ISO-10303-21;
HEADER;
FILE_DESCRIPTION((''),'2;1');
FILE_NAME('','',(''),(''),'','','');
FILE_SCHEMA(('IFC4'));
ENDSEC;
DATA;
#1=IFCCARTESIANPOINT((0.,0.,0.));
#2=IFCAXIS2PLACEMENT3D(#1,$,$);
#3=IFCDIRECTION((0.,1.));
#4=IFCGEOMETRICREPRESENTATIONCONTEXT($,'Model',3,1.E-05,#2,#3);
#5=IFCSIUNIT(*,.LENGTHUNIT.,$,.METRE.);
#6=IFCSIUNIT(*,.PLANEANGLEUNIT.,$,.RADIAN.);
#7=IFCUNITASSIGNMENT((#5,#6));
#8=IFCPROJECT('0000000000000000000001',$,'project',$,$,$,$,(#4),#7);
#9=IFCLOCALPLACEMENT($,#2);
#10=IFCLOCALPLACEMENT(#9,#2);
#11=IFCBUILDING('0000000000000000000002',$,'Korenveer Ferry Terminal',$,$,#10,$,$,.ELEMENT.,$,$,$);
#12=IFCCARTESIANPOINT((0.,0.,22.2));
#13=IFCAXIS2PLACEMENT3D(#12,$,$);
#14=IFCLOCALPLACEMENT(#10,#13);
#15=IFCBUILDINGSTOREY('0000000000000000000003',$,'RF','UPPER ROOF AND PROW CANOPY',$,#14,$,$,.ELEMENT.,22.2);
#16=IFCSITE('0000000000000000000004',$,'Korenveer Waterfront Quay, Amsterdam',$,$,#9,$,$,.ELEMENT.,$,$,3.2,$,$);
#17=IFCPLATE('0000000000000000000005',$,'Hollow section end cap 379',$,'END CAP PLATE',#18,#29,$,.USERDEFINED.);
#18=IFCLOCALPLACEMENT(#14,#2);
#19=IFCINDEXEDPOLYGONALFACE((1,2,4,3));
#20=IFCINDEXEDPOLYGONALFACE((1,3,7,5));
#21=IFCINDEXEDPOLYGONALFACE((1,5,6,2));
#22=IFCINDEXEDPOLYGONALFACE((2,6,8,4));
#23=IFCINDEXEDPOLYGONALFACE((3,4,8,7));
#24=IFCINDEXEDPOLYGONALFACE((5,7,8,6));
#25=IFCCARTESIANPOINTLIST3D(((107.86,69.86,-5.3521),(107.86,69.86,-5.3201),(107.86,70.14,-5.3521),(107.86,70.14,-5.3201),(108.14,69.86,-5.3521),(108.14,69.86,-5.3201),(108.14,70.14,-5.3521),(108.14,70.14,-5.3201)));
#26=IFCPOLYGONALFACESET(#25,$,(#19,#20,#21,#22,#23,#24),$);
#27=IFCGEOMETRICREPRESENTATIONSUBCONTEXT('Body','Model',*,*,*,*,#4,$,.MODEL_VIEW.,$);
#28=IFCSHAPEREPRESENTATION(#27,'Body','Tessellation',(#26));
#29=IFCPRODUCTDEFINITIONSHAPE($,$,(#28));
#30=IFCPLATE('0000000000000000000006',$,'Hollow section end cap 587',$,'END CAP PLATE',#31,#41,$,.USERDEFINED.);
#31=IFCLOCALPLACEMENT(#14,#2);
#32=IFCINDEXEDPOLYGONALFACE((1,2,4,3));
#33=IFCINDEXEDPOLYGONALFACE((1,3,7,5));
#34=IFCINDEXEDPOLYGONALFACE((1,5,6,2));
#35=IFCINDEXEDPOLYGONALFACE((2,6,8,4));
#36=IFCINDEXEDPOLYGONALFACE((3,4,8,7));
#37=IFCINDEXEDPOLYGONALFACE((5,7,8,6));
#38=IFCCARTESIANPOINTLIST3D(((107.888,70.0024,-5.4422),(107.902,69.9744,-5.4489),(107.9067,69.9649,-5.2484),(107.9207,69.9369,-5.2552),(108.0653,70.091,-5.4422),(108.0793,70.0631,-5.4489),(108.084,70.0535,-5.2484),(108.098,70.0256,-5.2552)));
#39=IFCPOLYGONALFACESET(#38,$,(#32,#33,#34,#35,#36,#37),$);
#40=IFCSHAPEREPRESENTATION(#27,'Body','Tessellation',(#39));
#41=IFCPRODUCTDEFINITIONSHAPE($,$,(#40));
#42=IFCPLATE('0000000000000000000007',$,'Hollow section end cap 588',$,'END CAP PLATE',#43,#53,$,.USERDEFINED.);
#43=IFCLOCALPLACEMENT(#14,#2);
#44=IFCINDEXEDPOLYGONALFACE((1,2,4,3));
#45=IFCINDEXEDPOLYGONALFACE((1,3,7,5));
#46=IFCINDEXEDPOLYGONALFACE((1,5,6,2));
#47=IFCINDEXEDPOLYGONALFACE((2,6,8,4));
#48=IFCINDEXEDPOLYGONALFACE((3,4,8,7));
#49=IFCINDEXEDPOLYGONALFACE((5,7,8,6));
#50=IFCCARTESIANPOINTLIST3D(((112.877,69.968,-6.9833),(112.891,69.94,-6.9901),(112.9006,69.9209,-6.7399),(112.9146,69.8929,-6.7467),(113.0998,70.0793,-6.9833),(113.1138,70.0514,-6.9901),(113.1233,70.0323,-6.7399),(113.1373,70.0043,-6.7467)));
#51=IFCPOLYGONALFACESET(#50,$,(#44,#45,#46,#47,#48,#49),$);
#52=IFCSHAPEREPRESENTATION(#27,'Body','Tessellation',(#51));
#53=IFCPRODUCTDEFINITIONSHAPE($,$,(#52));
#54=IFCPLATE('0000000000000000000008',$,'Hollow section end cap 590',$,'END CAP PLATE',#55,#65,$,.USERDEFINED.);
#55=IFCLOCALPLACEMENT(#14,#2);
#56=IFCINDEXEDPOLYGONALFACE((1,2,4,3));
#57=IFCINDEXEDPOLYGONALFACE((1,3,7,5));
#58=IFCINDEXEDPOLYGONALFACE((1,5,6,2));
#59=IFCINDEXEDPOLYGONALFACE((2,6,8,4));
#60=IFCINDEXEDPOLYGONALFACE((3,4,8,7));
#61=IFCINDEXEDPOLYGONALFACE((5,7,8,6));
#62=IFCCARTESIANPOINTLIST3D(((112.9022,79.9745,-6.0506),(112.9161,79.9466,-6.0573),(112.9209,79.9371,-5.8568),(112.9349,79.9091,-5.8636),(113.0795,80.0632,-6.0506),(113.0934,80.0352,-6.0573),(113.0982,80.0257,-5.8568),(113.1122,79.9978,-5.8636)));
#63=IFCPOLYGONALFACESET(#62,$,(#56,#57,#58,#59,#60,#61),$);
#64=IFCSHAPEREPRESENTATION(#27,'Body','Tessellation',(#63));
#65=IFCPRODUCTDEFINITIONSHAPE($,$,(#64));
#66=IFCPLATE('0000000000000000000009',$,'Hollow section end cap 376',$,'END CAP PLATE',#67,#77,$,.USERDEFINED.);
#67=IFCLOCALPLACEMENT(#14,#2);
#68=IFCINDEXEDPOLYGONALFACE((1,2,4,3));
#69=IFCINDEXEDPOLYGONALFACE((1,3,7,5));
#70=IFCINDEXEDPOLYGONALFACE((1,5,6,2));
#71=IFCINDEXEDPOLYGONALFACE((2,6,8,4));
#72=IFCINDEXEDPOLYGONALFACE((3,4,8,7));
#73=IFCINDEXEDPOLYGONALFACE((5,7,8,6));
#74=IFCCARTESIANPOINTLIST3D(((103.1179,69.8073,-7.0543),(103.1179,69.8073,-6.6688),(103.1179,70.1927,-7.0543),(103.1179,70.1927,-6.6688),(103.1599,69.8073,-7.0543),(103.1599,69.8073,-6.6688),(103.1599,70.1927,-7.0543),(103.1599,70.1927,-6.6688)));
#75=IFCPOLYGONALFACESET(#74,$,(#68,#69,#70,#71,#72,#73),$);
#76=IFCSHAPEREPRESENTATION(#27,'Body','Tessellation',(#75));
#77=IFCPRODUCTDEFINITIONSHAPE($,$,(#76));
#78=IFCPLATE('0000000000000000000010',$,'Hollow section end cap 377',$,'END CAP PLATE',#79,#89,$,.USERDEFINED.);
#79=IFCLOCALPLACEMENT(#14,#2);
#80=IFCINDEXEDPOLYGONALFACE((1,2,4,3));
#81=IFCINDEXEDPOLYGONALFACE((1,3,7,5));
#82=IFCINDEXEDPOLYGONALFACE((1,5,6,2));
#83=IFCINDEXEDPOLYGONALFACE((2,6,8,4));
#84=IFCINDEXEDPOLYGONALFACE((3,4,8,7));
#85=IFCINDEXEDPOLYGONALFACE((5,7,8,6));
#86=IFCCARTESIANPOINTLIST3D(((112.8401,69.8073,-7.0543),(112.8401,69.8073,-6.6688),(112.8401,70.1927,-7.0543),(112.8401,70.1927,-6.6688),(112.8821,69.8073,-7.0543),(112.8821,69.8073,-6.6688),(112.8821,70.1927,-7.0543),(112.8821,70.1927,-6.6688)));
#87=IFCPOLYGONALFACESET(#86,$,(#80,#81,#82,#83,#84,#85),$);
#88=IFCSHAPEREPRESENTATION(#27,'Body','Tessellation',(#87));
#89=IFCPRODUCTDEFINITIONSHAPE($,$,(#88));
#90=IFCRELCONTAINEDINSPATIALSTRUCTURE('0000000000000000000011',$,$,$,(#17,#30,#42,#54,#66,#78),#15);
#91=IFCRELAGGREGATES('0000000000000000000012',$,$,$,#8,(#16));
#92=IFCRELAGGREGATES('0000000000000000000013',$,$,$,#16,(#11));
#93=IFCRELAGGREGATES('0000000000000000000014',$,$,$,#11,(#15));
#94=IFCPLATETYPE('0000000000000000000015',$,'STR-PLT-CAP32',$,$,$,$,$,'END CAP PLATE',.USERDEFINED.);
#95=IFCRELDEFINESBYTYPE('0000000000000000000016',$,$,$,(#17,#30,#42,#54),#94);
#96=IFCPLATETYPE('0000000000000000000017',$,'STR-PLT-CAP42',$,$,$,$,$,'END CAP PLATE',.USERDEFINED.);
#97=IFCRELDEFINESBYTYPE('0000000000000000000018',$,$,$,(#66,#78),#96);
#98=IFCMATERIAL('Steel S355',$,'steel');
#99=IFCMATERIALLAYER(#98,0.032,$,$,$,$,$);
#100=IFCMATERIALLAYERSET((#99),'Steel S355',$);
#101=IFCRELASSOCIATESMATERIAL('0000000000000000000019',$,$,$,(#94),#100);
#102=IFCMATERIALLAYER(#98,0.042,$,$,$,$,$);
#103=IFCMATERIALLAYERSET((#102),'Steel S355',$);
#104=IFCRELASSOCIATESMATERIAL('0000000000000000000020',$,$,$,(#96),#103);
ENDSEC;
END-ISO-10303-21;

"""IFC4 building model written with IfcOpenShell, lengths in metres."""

from ifc_helpers import new_model, si_unit, direction, frame, origin, origin_2d, place, context, subcontext, project, spatial, rectangle, extrude, material, layer, layer_set, type_object, element, save


model = new_model("IFC4")

# Units and contexts
model_context = context("Model", 3, precision=1e-05, world=origin(), true_north=direction((0.0, 1.0)))
body_context = subcontext(model_context, "Body", "Model", "MODEL_VIEW")
ifc_project = project(units=[si_unit("LENGTHUNIT", "METRE"), si_unit("PLANEANGLEUNIT", "RADIAN")], contexts=[model_context])

# Site, building, storey
site_placement = place(None, origin())
site = spatial("IfcSite", under=ifc_project, at=site_placement, Name="Korenveer Waterfront Quay, Amsterdam", CompositionType="ELEMENT", RefElevation=3.2)
building_placement = place(site_placement, origin())
building = spatial("IfcBuilding", under=site, at=building_placement, Name="Korenveer Ferry Terminal", CompositionType="ELEMENT")
storey_placement = place(building_placement, frame((0.0, 0.0, 22.2)))
storey = spatial("IfcBuildingStorey", under=building, at=storey_placement, Name="RF", Description="UPPER ROOF AND PROW CANOPY", CompositionType="ELEMENT", Elevation=22.2)

# Shared definitions
ifc_material_1 = material(Name="Steel S355", Category="steel")

# Plates
ifc_layer_1 = layer(ifc_material_1, 0.032)
ifc_layer_set_1 = layer_set([ifc_layer_1], Name="Steel S355")
plate_type_1 = type_object("IfcPlateType", Name="STR-PLT-CAP32", ElementType="END CAP PLATE", PredefinedType="USERDEFINED", material=ifc_layer_set_1)
for number, where, z_axis, x_axis, name in (
    (1, (108.0, 70.0, -5.3521), (0.0, 0.0, 1.0), (1.0, 0.0, 0.0), "Hollow section end cap 379"),
):
    element("IfcPlate", number, at=place(storey_placement, frame(where, z_axis=z_axis, x_axis=x_axis)), inside=storey, type_object=plate_type_1, Name=name, ObjectType="END CAP PLATE", PredefinedType="USERDEFINED", context=body_context, shape_type="SweptSolid", body=[
        extrude(rectangle(XDim=0.28, YDim=0.28, at=origin_2d()), origin(), (0.0, 0.0, 1.0), 0.032),
    ])
plate_1_placement = place(storey_placement, frame((108.0, 70.0, -5.3521), z_axis=(-0.43711, 0.874221, 0.21136), x_axis=(-0.894427, -0.447214, 0.0)))
element("IfcPlate", 2, at=plate_1_placement, inside=storey, type_object=plate_type_1, Name="Hollow section end cap 587", ObjectType="END CAP PLATE", PredefinedType="USERDEFINED", context=body_context, shape_type="SweptSolid", body=[
    extrude(rectangle(XDim=0.1982, YDim=0.1982, at=origin_2d()), origin(), (0.0, 0.0, 1.0), 0.032),
])
plate_2_placement = place(storey_placement, frame((113.0142, 69.9722, -6.8684), z_axis=(-0.43711, 0.874221, 0.21136), x_axis=(-0.894427, -0.447214, 0.0)))
element("IfcPlate", 3, at=plate_2_placement, inside=storey, type_object=plate_type_1, Name="Hollow section end cap 588", ObjectType="END CAP PLATE", PredefinedType="USERDEFINED", context=body_context, shape_type="SweptSolid", body=[
    extrude(rectangle(XDim=0.249, YDim=0.249, at=origin_2d()), origin(), (0.0, 0.0, 1.0), 0.032),
])
plate_3_placement = place(storey_placement, frame((113.0142, 79.9722, -5.9604), z_axis=(-0.43711, 0.874221, 0.21136), x_axis=(-0.894427, -0.447214, 0.0)))
element("IfcPlate", 4, at=plate_3_placement, inside=storey, type_object=plate_type_1, Name="Hollow section end cap 590", ObjectType="END CAP PLATE", PredefinedType="USERDEFINED", context=body_context, shape_type="SweptSolid", body=[
    extrude(rectangle(XDim=0.1982, YDim=0.1982, at=origin_2d()), origin(), (0.0, 0.0, 1.0), 0.032),
])
ifc_layer_2 = layer(ifc_material_1, 0.042)
ifc_layer_set_2 = layer_set([ifc_layer_2], Name="Steel S355")
plate_type_2 = type_object("IfcPlateType", Name="STR-PLT-CAP42", ElementType="END CAP PLATE", PredefinedType="USERDEFINED", material=ifc_layer_set_2)
for number, where, z_axis, x_axis, name in (
    (5, (103.1179, 70.0, -6.8616), (1.0, 0.0, 0.0), (0.0, 1.0, 0.0), "Hollow section end cap 376"),
    (6, (112.8401, 70.0, -6.8616), (1.0, 0.0, 0.0), (0.0, 1.0, 0.0), "Hollow section end cap 377"),
):
    element("IfcPlate", number, at=place(storey_placement, frame(where, z_axis=z_axis, x_axis=x_axis)), inside=storey, type_object=plate_type_2, Name=name, ObjectType="END CAP PLATE", PredefinedType="USERDEFINED", context=body_context, shape_type="SweptSolid", body=[
        extrude(rectangle(XDim=0.3855, YDim=0.3855, at=origin_2d()), origin(), (0.0, 0.0, 1.0), 0.042),
    ])

save(model, "model.ifc")
